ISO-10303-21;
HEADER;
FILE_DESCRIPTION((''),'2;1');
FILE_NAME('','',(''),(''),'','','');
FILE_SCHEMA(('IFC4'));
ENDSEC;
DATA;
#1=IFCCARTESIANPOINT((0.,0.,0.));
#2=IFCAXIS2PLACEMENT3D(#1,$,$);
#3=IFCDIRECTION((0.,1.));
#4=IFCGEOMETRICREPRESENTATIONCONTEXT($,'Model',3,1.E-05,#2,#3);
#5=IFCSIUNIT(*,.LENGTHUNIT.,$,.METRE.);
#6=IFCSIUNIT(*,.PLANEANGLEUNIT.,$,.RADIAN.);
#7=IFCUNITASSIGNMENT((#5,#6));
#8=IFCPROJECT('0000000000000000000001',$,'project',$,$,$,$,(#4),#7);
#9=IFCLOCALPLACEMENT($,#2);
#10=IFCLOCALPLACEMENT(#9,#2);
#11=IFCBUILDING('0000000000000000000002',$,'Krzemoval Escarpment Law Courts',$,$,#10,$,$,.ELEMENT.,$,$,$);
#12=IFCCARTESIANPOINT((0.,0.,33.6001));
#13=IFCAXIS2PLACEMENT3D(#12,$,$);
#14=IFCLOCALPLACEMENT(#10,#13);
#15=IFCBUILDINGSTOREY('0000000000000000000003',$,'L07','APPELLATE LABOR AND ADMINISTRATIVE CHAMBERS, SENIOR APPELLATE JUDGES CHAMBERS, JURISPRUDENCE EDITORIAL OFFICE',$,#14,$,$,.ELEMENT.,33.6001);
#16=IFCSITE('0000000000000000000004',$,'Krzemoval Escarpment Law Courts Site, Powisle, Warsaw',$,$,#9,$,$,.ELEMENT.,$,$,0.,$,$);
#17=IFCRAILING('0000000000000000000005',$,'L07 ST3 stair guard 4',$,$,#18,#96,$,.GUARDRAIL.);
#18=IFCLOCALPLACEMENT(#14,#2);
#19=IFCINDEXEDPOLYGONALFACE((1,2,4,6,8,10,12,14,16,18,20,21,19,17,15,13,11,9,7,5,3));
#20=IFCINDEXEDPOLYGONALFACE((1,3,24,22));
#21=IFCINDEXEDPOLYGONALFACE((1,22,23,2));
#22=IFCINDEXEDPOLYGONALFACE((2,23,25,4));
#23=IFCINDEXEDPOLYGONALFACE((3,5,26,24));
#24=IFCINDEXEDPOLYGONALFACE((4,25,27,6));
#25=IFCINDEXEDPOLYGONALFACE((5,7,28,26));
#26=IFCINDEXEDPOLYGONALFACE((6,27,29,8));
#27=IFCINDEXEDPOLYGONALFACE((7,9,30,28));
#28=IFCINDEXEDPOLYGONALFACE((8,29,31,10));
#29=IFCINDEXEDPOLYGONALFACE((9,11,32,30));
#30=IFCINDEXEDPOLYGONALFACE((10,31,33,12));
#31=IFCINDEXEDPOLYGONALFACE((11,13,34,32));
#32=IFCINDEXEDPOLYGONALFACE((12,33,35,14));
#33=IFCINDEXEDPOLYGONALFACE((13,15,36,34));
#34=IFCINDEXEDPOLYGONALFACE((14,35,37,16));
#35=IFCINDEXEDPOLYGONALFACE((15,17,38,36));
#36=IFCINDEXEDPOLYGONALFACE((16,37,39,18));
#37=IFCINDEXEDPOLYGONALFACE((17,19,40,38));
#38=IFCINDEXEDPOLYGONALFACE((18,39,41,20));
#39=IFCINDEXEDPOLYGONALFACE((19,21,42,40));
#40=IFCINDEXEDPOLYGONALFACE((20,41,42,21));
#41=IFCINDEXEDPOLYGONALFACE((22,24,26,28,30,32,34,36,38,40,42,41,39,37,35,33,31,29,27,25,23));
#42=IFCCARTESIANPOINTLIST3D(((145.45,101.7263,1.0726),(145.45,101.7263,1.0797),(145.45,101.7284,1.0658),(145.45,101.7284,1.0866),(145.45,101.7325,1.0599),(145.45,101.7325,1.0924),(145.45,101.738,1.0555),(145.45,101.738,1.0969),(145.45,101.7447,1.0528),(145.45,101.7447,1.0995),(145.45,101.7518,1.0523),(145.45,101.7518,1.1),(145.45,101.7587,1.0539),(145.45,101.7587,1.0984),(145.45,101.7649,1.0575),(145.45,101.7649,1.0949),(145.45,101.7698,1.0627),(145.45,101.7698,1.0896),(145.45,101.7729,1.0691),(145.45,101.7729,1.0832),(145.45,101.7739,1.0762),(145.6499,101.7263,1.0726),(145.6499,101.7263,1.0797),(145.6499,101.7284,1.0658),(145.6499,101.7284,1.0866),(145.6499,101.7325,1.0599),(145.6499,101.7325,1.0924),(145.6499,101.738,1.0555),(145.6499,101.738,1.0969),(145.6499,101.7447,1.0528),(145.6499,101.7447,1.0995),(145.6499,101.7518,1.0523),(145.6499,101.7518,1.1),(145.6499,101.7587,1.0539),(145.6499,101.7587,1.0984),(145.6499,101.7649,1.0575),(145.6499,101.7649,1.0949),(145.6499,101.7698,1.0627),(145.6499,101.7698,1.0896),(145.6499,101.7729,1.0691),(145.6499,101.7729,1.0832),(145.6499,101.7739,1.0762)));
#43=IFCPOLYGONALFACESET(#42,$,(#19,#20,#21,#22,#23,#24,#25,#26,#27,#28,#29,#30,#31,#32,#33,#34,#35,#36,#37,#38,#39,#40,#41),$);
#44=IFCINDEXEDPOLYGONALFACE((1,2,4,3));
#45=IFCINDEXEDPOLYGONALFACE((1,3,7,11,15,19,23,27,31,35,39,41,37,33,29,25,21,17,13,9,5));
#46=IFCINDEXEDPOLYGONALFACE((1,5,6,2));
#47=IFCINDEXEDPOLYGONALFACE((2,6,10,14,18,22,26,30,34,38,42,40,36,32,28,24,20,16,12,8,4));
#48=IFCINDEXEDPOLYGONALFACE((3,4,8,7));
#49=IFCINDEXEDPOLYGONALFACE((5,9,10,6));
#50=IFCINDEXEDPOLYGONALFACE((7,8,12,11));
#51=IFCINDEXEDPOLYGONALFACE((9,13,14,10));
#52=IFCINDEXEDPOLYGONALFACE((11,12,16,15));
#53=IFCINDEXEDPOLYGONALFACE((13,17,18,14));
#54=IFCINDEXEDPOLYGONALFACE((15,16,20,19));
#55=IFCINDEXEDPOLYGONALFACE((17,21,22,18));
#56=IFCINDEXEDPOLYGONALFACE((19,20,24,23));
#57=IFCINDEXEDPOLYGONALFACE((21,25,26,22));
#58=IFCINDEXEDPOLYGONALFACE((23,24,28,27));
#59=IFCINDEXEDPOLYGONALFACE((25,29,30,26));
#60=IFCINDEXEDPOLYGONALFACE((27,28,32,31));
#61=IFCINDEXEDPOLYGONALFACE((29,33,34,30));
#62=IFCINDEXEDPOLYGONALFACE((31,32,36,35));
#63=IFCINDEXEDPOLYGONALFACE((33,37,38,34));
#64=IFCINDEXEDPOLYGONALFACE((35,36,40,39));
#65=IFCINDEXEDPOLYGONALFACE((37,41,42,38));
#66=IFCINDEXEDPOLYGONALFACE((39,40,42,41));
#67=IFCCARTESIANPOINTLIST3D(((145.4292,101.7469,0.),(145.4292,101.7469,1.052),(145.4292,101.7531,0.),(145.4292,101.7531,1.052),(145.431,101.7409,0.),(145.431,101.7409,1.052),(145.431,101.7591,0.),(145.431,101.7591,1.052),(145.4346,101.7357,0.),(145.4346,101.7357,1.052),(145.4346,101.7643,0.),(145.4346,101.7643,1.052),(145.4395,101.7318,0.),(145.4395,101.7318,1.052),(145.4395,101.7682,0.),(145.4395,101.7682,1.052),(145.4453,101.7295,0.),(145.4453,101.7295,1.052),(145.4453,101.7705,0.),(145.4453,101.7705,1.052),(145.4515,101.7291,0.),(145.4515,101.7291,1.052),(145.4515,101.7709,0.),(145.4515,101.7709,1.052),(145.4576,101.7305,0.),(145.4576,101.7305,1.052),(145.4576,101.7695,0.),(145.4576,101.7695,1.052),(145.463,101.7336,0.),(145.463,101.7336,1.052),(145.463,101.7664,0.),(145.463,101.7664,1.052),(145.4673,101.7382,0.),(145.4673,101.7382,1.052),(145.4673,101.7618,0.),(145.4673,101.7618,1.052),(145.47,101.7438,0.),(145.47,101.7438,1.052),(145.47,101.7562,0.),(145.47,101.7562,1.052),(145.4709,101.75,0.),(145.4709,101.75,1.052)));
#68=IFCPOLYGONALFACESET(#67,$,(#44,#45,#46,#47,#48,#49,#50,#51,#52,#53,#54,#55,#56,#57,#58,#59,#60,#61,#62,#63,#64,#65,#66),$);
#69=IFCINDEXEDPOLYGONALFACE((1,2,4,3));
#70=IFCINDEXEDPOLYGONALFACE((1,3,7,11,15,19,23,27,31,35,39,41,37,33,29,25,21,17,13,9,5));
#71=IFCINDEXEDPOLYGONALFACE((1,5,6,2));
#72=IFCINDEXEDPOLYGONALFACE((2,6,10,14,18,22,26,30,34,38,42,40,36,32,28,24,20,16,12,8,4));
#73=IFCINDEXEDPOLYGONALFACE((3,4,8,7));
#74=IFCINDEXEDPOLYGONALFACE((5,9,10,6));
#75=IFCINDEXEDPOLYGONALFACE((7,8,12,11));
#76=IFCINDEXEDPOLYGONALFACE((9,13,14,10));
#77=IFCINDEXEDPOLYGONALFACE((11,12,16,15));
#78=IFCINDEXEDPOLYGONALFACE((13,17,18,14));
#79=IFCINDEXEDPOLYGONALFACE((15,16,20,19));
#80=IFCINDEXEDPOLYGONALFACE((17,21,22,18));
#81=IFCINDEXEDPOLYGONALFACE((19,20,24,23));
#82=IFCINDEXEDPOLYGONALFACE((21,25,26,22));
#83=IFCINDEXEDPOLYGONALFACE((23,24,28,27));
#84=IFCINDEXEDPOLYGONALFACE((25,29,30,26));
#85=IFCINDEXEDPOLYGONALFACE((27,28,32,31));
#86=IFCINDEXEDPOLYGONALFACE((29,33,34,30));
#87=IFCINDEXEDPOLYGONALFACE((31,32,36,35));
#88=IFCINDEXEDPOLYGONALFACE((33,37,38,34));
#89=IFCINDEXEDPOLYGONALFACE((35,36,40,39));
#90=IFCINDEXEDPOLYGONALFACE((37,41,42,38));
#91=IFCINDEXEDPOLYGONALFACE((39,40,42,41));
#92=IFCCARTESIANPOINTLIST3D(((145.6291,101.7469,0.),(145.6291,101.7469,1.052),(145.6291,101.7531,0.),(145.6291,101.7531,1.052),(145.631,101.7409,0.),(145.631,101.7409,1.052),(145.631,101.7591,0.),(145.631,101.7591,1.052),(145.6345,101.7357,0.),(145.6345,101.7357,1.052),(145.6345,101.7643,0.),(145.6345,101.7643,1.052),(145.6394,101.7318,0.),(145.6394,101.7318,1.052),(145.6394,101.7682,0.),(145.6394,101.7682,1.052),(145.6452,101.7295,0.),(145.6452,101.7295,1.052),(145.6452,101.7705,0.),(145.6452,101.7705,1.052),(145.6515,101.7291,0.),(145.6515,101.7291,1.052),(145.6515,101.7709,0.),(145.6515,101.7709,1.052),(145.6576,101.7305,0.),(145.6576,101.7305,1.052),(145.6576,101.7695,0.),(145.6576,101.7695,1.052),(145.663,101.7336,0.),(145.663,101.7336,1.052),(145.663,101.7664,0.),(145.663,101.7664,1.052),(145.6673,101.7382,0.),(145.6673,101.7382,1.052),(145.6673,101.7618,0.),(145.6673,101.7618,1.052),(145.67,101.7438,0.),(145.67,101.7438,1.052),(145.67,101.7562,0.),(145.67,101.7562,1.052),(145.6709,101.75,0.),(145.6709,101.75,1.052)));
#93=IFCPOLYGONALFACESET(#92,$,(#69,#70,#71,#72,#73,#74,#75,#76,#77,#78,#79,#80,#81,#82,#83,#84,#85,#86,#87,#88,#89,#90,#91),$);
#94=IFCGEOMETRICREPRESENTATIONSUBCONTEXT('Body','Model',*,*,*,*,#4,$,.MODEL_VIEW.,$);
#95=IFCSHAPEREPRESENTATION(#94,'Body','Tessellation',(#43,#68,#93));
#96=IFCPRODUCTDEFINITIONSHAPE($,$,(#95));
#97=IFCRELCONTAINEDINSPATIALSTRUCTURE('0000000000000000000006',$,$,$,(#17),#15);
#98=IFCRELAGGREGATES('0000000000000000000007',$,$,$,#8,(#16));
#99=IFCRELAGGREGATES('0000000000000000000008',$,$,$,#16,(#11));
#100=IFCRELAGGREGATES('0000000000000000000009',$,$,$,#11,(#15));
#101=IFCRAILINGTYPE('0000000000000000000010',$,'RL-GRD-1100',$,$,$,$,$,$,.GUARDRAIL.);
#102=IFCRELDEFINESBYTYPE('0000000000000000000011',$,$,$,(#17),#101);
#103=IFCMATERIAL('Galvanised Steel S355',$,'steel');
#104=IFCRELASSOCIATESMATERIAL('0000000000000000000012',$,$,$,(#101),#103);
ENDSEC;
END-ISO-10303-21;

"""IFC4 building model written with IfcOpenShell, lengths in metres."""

from ifc_helpers import new_model, si_unit, direction, frame, origin, origin_2d, place, context, subcontext, project, spatial, circle, extrude, material, type_object, element, save


model = new_model("IFC4")

# Units and contexts
model_context = context("Model", 3, precision=1e-05, world=origin(), true_north=direction((0.0, 1.0)))
body_context = subcontext(model_context, "Body", "Model", "MODEL_VIEW")
ifc_project = project(units=[si_unit("LENGTHUNIT", "METRE"), si_unit("PLANEANGLEUNIT", "RADIAN")], contexts=[model_context])

# Site, building, storey
site_placement = place(None, origin())
site = spatial("IfcSite", under=ifc_project, at=site_placement, Name="Krzemoval Escarpment Law Courts Site, Powisle, Warsaw", CompositionType="ELEMENT", RefElevation=0.0)
building_placement = place(site_placement, origin())
building = spatial("IfcBuilding", under=site, at=building_placement, Name="Krzemoval Escarpment Law Courts", CompositionType="ELEMENT")
storey_placement = place(building_placement, frame((0.0, 0.0, 33.6001)))
storey = spatial("IfcBuildingStorey", under=building, at=storey_placement, Name="L07", Description="APPELLATE LABOR AND ADMINISTRATIVE CHAMBERS, SENIOR APPELLATE JUDGES CHAMBERS, JURISPRUDENCE EDITORIAL OFFICE", CompositionType="ELEMENT", Elevation=33.6001)

# Railing
ifc_material_1 = material(Name="Galvanised Steel S355", Category="steel")
railing_type_1 = type_object("IfcRailingType", Name="RL-GRD-1100", PredefinedType="GUARDRAIL", material=ifc_material_1)
railing_1_placement = place(storey_placement, frame((145.45, 101.75, 0.0)))
element("IfcRailing", 1, at=railing_1_placement, inside=storey, type_object=railing_type_1, Name="L07 ST3 stair guard 4", PredefinedType="GUARDRAIL", context=body_context, shape_type="SweptSolid", body=[
    extrude(circle(Radius=0.0239, at=origin_2d()), frame((0.0, 0.0, 1.0762), z_axis=(1.0, 0.0, 0.0), x_axis=(0.0, 1.0, 0.0)), (0.0, 0.0, 1.0), 0.2),
    extrude(circle(Radius=0.021, at=origin_2d()), origin(), (0.0, 0.0, 1.0), 1.052),
    extrude(circle(Radius=0.021, at=origin_2d()), frame((0.2, 0.0, 0.0)), (0.0, 0.0, 1.0), 1.052),
])

save(model, "model.ifc")
